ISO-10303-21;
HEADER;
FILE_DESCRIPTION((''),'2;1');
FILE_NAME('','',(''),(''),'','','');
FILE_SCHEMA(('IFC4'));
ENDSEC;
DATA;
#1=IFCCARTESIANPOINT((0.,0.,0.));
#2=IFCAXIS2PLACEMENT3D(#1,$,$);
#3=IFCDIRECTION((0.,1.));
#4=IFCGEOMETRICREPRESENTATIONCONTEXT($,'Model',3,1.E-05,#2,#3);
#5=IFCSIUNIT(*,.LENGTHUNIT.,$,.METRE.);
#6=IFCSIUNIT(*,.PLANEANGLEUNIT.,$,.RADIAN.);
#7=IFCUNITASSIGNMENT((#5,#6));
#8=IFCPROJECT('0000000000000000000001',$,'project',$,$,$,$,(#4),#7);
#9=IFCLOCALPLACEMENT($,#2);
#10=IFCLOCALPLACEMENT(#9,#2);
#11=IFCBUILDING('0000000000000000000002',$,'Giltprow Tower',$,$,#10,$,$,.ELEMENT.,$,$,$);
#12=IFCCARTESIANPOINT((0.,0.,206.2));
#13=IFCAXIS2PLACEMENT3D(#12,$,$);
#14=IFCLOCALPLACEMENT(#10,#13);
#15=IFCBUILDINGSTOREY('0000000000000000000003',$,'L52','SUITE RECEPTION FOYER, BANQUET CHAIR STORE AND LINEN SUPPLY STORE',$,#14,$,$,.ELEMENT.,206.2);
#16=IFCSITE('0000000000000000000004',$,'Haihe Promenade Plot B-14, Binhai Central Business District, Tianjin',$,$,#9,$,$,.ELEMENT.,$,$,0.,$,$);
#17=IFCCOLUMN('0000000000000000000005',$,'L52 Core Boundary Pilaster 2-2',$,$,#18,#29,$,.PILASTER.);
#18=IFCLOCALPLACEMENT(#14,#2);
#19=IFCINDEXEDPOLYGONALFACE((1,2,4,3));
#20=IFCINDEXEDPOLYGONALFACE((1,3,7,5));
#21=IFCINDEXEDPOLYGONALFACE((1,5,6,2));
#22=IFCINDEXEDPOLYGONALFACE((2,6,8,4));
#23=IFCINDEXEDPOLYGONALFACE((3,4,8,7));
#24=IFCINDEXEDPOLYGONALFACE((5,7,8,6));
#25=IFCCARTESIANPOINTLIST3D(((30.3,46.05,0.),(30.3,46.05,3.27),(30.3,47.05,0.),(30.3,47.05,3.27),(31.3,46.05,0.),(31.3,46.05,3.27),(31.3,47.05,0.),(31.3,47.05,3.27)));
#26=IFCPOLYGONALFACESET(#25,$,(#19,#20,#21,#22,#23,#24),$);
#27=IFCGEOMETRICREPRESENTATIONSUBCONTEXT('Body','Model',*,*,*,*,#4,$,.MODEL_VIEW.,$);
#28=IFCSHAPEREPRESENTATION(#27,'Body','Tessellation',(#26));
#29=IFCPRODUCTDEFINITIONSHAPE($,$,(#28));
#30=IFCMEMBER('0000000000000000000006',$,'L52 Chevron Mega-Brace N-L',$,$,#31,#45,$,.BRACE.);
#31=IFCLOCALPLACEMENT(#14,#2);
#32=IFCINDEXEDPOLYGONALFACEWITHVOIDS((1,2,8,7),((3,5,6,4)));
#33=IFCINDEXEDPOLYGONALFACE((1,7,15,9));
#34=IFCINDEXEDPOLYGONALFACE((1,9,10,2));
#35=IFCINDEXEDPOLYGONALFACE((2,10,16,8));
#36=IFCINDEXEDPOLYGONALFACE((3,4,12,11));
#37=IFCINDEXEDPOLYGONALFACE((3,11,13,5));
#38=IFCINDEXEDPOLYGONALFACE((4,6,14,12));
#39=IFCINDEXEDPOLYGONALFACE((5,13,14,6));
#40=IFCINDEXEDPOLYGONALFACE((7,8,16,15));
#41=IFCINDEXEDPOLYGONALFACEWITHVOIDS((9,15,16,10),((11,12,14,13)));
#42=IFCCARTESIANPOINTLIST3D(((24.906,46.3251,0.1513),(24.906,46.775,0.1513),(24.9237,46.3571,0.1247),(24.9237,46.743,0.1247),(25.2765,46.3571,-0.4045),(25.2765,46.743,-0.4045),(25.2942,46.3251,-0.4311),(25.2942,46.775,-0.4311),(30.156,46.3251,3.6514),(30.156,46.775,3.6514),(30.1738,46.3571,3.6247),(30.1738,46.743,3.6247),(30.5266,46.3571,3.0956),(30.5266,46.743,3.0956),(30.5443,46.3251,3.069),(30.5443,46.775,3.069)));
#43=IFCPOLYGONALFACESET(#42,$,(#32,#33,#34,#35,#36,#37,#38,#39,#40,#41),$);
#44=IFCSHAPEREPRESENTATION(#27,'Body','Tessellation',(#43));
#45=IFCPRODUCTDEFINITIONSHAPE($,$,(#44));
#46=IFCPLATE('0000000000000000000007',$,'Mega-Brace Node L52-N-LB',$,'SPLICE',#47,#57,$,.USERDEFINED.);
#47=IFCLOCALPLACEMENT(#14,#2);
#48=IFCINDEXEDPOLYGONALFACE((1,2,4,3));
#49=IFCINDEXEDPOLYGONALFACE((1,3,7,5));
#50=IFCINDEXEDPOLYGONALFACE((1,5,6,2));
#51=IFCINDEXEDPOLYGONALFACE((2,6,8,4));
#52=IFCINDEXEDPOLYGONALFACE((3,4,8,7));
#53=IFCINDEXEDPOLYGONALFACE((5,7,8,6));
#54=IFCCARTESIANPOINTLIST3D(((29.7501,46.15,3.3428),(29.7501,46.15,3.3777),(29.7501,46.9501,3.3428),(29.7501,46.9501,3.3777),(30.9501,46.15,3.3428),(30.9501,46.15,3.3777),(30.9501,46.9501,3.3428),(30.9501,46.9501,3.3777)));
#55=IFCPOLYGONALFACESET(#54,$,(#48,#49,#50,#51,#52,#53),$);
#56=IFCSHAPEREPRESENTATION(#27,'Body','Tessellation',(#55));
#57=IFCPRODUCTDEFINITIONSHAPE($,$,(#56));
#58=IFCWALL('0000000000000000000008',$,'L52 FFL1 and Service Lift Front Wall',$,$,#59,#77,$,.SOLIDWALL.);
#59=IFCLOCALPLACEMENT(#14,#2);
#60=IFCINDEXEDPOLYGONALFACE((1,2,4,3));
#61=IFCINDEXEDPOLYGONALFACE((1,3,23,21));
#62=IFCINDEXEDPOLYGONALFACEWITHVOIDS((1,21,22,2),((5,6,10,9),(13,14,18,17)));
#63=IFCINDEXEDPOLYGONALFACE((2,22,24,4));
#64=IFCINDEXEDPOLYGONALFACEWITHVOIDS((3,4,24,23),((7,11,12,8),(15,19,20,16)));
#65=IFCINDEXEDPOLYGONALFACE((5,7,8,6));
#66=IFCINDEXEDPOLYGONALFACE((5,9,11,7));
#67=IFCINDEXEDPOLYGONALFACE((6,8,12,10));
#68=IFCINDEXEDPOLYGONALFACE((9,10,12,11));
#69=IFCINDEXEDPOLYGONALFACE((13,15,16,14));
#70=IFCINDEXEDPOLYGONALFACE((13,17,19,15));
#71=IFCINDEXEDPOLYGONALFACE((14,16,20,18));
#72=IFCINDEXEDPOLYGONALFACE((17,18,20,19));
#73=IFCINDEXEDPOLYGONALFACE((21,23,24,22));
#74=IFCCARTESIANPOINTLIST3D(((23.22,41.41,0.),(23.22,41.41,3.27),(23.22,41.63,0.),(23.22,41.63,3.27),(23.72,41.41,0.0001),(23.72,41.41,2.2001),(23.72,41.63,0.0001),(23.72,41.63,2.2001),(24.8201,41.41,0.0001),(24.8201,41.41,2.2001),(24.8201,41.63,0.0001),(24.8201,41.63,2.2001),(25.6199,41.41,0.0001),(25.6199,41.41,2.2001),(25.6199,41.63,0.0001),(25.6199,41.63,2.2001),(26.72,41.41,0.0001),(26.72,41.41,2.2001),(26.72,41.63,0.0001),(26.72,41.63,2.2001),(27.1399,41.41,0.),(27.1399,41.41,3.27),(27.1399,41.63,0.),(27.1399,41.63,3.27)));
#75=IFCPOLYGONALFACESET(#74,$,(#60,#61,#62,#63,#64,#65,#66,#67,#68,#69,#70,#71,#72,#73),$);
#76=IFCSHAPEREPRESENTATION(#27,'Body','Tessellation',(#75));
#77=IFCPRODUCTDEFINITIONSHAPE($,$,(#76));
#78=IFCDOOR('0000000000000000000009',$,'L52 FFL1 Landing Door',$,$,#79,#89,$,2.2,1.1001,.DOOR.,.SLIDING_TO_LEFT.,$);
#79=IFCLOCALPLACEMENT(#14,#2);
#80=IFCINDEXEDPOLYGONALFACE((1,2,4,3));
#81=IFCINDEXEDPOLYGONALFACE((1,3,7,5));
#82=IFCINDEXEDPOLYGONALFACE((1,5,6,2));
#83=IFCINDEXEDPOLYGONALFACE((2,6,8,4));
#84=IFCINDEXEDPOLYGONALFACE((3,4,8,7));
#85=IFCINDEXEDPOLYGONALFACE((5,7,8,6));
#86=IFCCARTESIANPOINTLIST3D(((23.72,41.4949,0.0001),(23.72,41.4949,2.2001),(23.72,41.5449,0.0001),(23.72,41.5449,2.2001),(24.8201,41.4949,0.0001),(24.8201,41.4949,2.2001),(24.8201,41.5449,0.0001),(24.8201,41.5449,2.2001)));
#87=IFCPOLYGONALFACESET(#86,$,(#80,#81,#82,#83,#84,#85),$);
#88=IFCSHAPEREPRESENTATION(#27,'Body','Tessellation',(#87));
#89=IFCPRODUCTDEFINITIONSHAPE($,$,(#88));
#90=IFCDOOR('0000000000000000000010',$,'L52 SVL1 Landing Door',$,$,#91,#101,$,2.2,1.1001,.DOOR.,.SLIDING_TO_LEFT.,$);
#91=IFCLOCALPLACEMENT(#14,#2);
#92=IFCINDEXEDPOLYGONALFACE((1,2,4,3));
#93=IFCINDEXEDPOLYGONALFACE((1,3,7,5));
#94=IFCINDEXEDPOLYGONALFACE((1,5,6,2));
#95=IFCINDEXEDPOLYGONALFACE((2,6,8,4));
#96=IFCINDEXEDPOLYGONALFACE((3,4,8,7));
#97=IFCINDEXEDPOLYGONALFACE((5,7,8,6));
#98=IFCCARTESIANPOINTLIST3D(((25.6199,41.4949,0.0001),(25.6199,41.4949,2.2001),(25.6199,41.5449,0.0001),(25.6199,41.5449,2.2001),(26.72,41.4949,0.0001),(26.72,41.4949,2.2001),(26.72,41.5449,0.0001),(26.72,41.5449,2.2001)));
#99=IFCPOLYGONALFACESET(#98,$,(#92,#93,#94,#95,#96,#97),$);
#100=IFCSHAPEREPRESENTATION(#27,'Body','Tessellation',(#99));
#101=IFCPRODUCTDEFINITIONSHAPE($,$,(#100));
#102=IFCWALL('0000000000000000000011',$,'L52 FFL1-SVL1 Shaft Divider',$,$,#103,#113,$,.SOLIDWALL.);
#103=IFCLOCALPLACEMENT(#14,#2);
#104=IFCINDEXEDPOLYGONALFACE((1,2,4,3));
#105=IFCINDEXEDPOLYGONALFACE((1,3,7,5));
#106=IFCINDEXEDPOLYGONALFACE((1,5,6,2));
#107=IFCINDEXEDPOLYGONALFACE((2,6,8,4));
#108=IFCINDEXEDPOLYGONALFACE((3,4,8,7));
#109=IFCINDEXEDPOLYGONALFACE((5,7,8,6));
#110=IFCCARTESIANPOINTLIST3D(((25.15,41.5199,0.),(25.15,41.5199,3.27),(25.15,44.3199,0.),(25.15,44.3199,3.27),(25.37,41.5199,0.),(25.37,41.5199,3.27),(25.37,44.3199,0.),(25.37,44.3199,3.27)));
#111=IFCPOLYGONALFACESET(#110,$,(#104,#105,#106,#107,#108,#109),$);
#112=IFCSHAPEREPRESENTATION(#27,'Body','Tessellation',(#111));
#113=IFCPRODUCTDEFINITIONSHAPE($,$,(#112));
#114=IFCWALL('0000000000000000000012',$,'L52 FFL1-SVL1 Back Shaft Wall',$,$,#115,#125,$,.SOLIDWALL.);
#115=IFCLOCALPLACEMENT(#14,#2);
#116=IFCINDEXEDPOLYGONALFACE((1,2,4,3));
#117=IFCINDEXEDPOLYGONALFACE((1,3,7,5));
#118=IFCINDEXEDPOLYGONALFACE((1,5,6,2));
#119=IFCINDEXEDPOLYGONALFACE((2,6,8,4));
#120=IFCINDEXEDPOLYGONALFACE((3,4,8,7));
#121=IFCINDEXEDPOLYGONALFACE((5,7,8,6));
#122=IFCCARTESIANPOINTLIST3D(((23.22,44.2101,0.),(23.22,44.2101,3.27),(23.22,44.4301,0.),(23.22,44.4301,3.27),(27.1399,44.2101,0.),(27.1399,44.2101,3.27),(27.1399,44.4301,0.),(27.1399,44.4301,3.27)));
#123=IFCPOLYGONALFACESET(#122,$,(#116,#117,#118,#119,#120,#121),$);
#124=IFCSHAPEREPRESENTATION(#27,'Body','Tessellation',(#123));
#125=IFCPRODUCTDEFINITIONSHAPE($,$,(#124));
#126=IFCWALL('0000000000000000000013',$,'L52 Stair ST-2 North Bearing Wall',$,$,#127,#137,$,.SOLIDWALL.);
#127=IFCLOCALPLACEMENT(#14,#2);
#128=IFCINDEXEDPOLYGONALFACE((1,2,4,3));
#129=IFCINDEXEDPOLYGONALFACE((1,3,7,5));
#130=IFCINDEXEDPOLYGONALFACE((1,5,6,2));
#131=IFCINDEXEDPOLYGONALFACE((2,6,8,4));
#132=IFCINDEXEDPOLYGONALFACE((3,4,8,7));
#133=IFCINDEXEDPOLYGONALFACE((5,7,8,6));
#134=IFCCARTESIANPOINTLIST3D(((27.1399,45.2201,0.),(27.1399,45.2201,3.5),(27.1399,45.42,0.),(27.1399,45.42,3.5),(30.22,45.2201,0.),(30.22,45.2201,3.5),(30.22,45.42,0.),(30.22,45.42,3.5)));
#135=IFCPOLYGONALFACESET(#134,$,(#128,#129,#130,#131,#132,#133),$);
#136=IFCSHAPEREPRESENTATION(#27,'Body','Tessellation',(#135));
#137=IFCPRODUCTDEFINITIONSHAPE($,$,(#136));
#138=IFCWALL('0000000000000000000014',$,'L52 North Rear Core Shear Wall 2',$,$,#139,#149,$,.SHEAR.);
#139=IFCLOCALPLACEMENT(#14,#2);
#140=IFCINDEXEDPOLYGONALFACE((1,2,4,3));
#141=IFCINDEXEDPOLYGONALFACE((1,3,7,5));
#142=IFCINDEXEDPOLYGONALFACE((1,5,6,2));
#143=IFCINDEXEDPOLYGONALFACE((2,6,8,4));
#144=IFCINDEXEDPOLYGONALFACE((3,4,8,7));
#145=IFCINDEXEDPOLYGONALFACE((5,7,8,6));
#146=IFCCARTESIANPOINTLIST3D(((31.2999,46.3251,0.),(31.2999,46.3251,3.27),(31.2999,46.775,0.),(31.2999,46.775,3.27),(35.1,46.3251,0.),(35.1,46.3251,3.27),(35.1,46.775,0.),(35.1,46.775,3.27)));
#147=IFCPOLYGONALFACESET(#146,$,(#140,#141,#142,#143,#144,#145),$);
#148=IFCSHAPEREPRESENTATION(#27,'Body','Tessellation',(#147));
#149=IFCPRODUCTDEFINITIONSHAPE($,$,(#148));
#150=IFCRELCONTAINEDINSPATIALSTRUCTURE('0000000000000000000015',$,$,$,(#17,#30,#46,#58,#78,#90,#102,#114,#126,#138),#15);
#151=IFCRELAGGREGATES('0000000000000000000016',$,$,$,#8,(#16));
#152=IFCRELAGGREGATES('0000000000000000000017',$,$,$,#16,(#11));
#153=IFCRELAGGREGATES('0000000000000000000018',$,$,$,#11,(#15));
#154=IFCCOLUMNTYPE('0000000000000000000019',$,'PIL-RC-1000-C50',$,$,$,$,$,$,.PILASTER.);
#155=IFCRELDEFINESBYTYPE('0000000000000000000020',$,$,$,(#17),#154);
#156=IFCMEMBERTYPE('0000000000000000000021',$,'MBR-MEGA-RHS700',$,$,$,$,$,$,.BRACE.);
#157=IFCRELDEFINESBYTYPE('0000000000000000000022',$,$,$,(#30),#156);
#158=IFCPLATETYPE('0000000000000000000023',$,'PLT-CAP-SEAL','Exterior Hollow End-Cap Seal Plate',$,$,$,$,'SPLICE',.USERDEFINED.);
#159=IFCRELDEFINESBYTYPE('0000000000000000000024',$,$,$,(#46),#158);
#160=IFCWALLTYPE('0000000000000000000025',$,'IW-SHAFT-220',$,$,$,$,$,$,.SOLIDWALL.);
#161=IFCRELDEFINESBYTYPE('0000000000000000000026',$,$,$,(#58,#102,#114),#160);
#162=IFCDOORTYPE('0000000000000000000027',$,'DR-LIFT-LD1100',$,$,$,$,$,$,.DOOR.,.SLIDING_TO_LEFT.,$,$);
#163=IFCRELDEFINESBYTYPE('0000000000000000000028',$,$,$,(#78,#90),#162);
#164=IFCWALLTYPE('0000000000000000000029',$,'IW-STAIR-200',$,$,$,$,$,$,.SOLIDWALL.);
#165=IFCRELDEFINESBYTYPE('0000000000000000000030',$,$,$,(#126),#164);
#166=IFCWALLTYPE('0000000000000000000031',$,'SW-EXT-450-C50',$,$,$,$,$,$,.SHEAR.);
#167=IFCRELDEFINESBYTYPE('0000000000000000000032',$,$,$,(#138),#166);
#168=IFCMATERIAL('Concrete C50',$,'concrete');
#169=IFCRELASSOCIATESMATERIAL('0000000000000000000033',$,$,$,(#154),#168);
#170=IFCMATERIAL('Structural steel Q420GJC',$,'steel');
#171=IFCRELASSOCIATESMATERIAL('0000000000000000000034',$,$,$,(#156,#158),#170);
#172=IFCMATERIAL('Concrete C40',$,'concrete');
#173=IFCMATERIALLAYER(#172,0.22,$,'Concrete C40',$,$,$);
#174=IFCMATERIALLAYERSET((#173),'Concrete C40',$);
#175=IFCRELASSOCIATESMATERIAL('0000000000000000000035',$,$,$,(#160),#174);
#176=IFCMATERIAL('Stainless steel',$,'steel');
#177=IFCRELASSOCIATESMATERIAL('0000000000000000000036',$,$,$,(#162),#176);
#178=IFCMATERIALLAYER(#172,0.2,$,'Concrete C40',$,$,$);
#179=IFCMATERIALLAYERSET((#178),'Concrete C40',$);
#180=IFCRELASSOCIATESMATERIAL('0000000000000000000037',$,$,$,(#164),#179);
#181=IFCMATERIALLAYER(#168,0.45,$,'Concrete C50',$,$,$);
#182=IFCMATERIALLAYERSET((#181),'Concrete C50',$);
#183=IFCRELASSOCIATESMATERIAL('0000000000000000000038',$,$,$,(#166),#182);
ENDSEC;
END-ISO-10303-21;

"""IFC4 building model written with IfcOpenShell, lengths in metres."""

from ifc_helpers import new_model, si_unit, direction, frame, frame_2d, origin, origin_2d, place, context, subcontext, project, spatial, rectangle, hollow_rectangle, extrude, source, transform, mapped, material, layer, layer_set, material_profile, profile_set, type_object, element, fill, save


model = new_model("IFC4")

# Units and contexts
model_context = context("Model", 3, precision=1e-05, world=origin(), true_north=direction((0.0, 1.0)))
body_context = subcontext(model_context, "Body", "Model", "MODEL_VIEW")
ifc_project = project(units=[si_unit("LENGTHUNIT", "METRE"), si_unit("PLANEANGLEUNIT", "RADIAN")], contexts=[model_context])

# Site, building, storey
site_placement = place(None, origin())
site = spatial("IfcSite", under=ifc_project, at=site_placement, Name="Haihe Promenade Plot B-14, Binhai Central Business District, Tianjin", CompositionType="ELEMENT", RefElevation=0.0)
building_placement = place(site_placement, origin())
building = spatial("IfcBuilding", under=site, at=building_placement, Name="Giltprow Tower", CompositionType="ELEMENT")
storey_placement = place(building_placement, frame((0.0, 0.0, 206.2)))
storey = spatial("IfcBuildingStorey", under=building, at=storey_placement, Name="L52", Description="SUITE RECEPTION FOYER, BANQUET CHAIR STORE AND LINEN SUPPLY STORE", CompositionType="ELEMENT", Elevation=206.2)

# Column
ifc_material_1 = material(Name="Concrete C50", Category="concrete")
ifc_material_profile_1 = material_profile(ifc_material_1, rectangle(XDim=1.0, YDim=1.0, at=origin_2d()), Name="RC 1000x1000")
ifc_profile_set_1 = profile_set([ifc_material_profile_1], Name="Concrete C50")
column_type = type_object("IfcColumnType", Name="PIL-RC-1000-C50", PredefinedType="PILASTER", material=ifc_profile_set_1)
shared_shape_1 = source(origin(), body_context, "Body", "SweptSolid", [
    extrude(rectangle(XDim=1.0, YDim=1.0, at=origin_2d()), origin(), (0.0, 0.0, 1.0), 3.27),
])
column_placement = place(storey_placement, frame((30.8, 46.55, 0.0), z_axis=(0.0, 0.0, 1.0), x_axis=(1.0, 0.0, 0.0)))
element("IfcColumn", 1, at=column_placement, inside=storey, type_object=column_type, Name="L52 Core Boundary Pilaster 2-2", PredefinedType="PILASTER", context=body_context, shape_type="MappedRepresentation", body=[
    mapped(shared_shape_1, transform((0.0, 0.0, 0.0), x_axis=(1.0, 0.0, 0.0), y_axis=(0.0, 1.0, 0.0), z_axis=(0.0, 0.0, 1.0), scale=1.0)),
])

# Member
ifc_material_2 = material(Name="Structural steel Q420GJC", Category="steel")
ifc_material_profile_2 = material_profile(ifc_material_2, hollow_rectangle(XDim=0.45, YDim=0.7, WallThickness=0.032, at=origin_2d()), Name="RHS 700x450x32")
ifc_profile_set_2 = profile_set([ifc_material_profile_2], Name="Structural steel Q420GJC")
member_type = type_object("IfcMemberType", Name="MBR-MEGA-RHS700", PredefinedType="BRACE", material=ifc_profile_set_2)
shared_shape_2 = source(origin(), body_context, "Body", "SweptSolid", [
    extrude(hollow_rectangle(XDim=0.45, YDim=0.7, WallThickness=0.032, at=origin_2d()), origin(), (0.0, 0.0, 1.0), 6.3098),
])
member_placement = place(storey_placement, frame((25.1001, 46.55, -0.1399), z_axis=(0.83205, 0.0, 0.5547), x_axis=(0.0, 1.0, 0.0)))
element("IfcMember", 2, at=member_placement, inside=storey, type_object=member_type, Name="L52 Chevron Mega-Brace N-L", PredefinedType="BRACE", context=body_context, shape_type="MappedRepresentation", body=[
    mapped(shared_shape_2, transform((0.0, 0.0, 0.0), x_axis=(1.0, 0.0, 0.0), y_axis=(0.0, 1.0, 0.0), z_axis=(0.0, 0.0, 1.0), scale=1.0)),
])

# Plate
plate_type = type_object("IfcPlateType", Name="PLT-CAP-SEAL", Description="Exterior Hollow End-Cap Seal Plate", ElementType="SPLICE", PredefinedType="USERDEFINED", material=ifc_material_2)
shared_shape_3 = source(origin(), body_context, "Body", "SweptSolid", [
    extrude(rectangle(XDim=1.2, YDim=0.8, at=origin_2d()), origin(), (0.0, 0.0, 1.0), 0.0349),
])
plate_placement = place(storey_placement, frame((30.3501, 46.55, 3.3428), z_axis=(0.0, 0.0, 1.0), x_axis=(1.0, 0.0, 0.0)))
element("IfcPlate", 3, at=plate_placement, inside=storey, type_object=plate_type, Name="Mega-Brace Node L52-N-LB", ObjectType="SPLICE", PredefinedType="USERDEFINED", context=body_context, shape_type="MappedRepresentation", body=[
    mapped(shared_shape_3, transform((0.0, 0.0, 0.0), x_axis=(1.0, 0.0, 0.0), y_axis=(0.0, 1.0, 0.0), z_axis=(0.0, 0.0, 1.0), scale=1.0)),
])

# Wall, openings, doors
ifc_material_3 = material(Name="Concrete C40", Category="concrete")
ifc_layer_1 = layer(ifc_material_3, 0.22, Name="Concrete C40")
ifc_layer_set_1 = layer_set([ifc_layer_1], Name="Concrete C40")
wall_type_1 = type_object("IfcWallType", Name="IW-SHAFT-220", PredefinedType="SOLIDWALL", material=ifc_layer_set_1)
wall_1_placement = place(storey_placement, frame((23.22, 41.52, 0.0), z_axis=(0.0, 0.0, 1.0), x_axis=(1.0, 0.0, 0.0)))
wall_1 = element("IfcWall", 4, at=wall_1_placement, inside=storey, type_object=wall_type_1, Name="L52 FFL1 and Service Lift Front Wall", PredefinedType="SOLIDWALL", context=body_context, shape_type="SweptSolid", body=[
    extrude(rectangle(XDim=3.9199, YDim=0.22, at=frame_2d((1.96, 0.0))), origin(), (0.0, 0.0, 1.0), 3.27),
])
opening_1_placement = place(wall_1_placement, frame((0.5, 0.0, 0.0)))
opening_1 = element("IfcOpeningElement", 5, at=opening_1_placement, cuts=wall_1, PredefinedType="OPENING", context=body_context, shape_type="SweptSolid", body=[
    extrude(rectangle(XDim=1.1001, YDim=2.2, at=frame_2d((0.55, 1.1001))), frame((0.0, 0.1199, 0.0), z_axis=(0.0, -1.0, 0.0), x_axis=(1.0, 0.0, 0.0)), (0.0, 0.0, 1.0), 0.24),
])
opening_2_placement = place(wall_1_placement, frame((2.3999, 0.0, 0.0)))
opening_2 = element("IfcOpeningElement", 6, at=opening_2_placement, cuts=wall_1, PredefinedType="OPENING", context=body_context, shape_type="SweptSolid", body=[
    extrude(rectangle(XDim=1.1001, YDim=2.2, at=frame_2d((0.55, 1.1001))), frame((0.0, 0.1199, 0.0), z_axis=(0.0, -1.0, 0.0), x_axis=(1.0, 0.0, 0.0)), (0.0, 0.0, 1.0), 0.24),
])
ifc_material_4 = material(Name="Stainless steel", Category="steel")
door_type = type_object("IfcDoorType", Name="DR-LIFT-LD1100", OperationType="SLIDING_TO_LEFT", PredefinedType="DOOR", material=ifc_material_4)
shared_shape_4 = source(origin(), body_context, "Body", "SweptSolid", [
    extrude(rectangle(XDim=1.1001, YDim=2.2, at=frame_2d((0.55, 1.1001))), frame((0.0, 0.0249, 0.0), z_axis=(0.0, -1.0, 0.0), x_axis=(1.0, 0.0, 0.0)), (0.0, 0.0, 1.0), 0.05),
])
door_1_placement = place(opening_1_placement, origin())
door_1 = element("IfcDoor", 7, at=door_1_placement, inside=storey, type_object=door_type, Name="L52 FFL1 Landing Door", OperationType="SLIDING_TO_LEFT", OverallHeight=2.2, OverallWidth=1.1001, PredefinedType="DOOR", context=body_context, shape_type="MappedRepresentation", body=[
    mapped(shared_shape_4, transform((0.0, 0.0, 0.0), x_axis=(1.0, 0.0, 0.0), y_axis=(0.0, 1.0, 0.0), z_axis=(0.0, 0.0, 1.0), scale=1.0)),
])
fill(opening_1, door_1)
door_2_placement = place(opening_2_placement, origin())
door_2 = element("IfcDoor", 8, at=door_2_placement, inside=storey, type_object=door_type, Name="L52 SVL1 Landing Door", OperationType="SLIDING_TO_LEFT", OverallHeight=2.2, OverallWidth=1.1001, PredefinedType="DOOR", context=body_context, shape_type="MappedRepresentation", body=[
    mapped(shared_shape_4, transform((0.0, 0.0, 0.0), x_axis=(1.0, 0.0, 0.0), y_axis=(0.0, 1.0, 0.0), z_axis=(0.0, 0.0, 1.0), scale=1.0)),
])
fill(opening_2, door_2)

# Walls
wall_2_placement = place(storey_placement, frame((25.26, 41.52, 0.0), z_axis=(0.0, 0.0, 1.0), x_axis=(0.0, 1.0, 0.0)))
element("IfcWall", 9, at=wall_2_placement, inside=storey, type_object=wall_type_1, Name="L52 FFL1-SVL1 Shaft Divider", PredefinedType="SOLIDWALL", context=body_context, shape_type="SweptSolid", body=[
    extrude(rectangle(XDim=2.8, YDim=0.22, at=frame_2d((1.3999, 0.0))), origin(), (0.0, 0.0, 1.0), 3.27),
])
wall_3_placement = place(storey_placement, frame((23.22, 44.3201, 0.0), z_axis=(0.0, 0.0, 1.0), x_axis=(1.0, 0.0, 0.0)))
element("IfcWall", 10, at=wall_3_placement, inside=storey, type_object=wall_type_1, Name="L52 FFL1-SVL1 Back Shaft Wall", PredefinedType="SOLIDWALL", context=body_context, shape_type="SweptSolid", body=[
    extrude(rectangle(XDim=3.9199, YDim=0.22, at=frame_2d((1.96, 0.0))), origin(), (0.0, 0.0, 1.0), 3.27),
])
ifc_layer_2 = layer(ifc_material_3, 0.2, Name="Concrete C40")
ifc_layer_set_2 = layer_set([ifc_layer_2], Name="Concrete C40")
wall_type_2 = type_object("IfcWallType", Name="IW-STAIR-200", PredefinedType="SOLIDWALL", material=ifc_layer_set_2)
wall_4_placement = place(storey_placement, frame((27.1399, 45.3201, 0.0), z_axis=(0.0, 0.0, 1.0), x_axis=(1.0, 0.0, 0.0)))
element("IfcWall", 11, at=wall_4_placement, inside=storey, type_object=wall_type_2, Name="L52 Stair ST-2 North Bearing Wall", PredefinedType="SOLIDWALL", context=body_context, shape_type="SweptSolid", body=[
    extrude(rectangle(XDim=3.0801, YDim=0.2, at=frame_2d((1.54, 0.0))), origin(), (0.0, 0.0, 1.0), 3.5),
])
ifc_layer_3 = layer(ifc_material_1, 0.45, Name="Concrete C50")
ifc_layer_set_3 = layer_set([ifc_layer_3], Name="Concrete C50")
wall_type_3 = type_object("IfcWallType", Name="SW-EXT-450-C50", PredefinedType="SHEAR", material=ifc_layer_set_3)
wall_5_placement = place(storey_placement, frame((31.3, 46.55, 0.0), z_axis=(0.0, 0.0, 1.0), x_axis=(1.0, 0.0, 0.0)))
element("IfcWall", 12, at=wall_5_placement, inside=storey, type_object=wall_type_3, Name="L52 North Rear Core Shear Wall 2", PredefinedType="SHEAR", context=body_context, shape_type="SweptSolid", body=[
    extrude(rectangle(XDim=3.8, YDim=0.45, at=frame_2d((1.8999, 0.0))), origin(), (0.0, 0.0, 1.0), 3.27),
])

save(model, "model.ifc")
